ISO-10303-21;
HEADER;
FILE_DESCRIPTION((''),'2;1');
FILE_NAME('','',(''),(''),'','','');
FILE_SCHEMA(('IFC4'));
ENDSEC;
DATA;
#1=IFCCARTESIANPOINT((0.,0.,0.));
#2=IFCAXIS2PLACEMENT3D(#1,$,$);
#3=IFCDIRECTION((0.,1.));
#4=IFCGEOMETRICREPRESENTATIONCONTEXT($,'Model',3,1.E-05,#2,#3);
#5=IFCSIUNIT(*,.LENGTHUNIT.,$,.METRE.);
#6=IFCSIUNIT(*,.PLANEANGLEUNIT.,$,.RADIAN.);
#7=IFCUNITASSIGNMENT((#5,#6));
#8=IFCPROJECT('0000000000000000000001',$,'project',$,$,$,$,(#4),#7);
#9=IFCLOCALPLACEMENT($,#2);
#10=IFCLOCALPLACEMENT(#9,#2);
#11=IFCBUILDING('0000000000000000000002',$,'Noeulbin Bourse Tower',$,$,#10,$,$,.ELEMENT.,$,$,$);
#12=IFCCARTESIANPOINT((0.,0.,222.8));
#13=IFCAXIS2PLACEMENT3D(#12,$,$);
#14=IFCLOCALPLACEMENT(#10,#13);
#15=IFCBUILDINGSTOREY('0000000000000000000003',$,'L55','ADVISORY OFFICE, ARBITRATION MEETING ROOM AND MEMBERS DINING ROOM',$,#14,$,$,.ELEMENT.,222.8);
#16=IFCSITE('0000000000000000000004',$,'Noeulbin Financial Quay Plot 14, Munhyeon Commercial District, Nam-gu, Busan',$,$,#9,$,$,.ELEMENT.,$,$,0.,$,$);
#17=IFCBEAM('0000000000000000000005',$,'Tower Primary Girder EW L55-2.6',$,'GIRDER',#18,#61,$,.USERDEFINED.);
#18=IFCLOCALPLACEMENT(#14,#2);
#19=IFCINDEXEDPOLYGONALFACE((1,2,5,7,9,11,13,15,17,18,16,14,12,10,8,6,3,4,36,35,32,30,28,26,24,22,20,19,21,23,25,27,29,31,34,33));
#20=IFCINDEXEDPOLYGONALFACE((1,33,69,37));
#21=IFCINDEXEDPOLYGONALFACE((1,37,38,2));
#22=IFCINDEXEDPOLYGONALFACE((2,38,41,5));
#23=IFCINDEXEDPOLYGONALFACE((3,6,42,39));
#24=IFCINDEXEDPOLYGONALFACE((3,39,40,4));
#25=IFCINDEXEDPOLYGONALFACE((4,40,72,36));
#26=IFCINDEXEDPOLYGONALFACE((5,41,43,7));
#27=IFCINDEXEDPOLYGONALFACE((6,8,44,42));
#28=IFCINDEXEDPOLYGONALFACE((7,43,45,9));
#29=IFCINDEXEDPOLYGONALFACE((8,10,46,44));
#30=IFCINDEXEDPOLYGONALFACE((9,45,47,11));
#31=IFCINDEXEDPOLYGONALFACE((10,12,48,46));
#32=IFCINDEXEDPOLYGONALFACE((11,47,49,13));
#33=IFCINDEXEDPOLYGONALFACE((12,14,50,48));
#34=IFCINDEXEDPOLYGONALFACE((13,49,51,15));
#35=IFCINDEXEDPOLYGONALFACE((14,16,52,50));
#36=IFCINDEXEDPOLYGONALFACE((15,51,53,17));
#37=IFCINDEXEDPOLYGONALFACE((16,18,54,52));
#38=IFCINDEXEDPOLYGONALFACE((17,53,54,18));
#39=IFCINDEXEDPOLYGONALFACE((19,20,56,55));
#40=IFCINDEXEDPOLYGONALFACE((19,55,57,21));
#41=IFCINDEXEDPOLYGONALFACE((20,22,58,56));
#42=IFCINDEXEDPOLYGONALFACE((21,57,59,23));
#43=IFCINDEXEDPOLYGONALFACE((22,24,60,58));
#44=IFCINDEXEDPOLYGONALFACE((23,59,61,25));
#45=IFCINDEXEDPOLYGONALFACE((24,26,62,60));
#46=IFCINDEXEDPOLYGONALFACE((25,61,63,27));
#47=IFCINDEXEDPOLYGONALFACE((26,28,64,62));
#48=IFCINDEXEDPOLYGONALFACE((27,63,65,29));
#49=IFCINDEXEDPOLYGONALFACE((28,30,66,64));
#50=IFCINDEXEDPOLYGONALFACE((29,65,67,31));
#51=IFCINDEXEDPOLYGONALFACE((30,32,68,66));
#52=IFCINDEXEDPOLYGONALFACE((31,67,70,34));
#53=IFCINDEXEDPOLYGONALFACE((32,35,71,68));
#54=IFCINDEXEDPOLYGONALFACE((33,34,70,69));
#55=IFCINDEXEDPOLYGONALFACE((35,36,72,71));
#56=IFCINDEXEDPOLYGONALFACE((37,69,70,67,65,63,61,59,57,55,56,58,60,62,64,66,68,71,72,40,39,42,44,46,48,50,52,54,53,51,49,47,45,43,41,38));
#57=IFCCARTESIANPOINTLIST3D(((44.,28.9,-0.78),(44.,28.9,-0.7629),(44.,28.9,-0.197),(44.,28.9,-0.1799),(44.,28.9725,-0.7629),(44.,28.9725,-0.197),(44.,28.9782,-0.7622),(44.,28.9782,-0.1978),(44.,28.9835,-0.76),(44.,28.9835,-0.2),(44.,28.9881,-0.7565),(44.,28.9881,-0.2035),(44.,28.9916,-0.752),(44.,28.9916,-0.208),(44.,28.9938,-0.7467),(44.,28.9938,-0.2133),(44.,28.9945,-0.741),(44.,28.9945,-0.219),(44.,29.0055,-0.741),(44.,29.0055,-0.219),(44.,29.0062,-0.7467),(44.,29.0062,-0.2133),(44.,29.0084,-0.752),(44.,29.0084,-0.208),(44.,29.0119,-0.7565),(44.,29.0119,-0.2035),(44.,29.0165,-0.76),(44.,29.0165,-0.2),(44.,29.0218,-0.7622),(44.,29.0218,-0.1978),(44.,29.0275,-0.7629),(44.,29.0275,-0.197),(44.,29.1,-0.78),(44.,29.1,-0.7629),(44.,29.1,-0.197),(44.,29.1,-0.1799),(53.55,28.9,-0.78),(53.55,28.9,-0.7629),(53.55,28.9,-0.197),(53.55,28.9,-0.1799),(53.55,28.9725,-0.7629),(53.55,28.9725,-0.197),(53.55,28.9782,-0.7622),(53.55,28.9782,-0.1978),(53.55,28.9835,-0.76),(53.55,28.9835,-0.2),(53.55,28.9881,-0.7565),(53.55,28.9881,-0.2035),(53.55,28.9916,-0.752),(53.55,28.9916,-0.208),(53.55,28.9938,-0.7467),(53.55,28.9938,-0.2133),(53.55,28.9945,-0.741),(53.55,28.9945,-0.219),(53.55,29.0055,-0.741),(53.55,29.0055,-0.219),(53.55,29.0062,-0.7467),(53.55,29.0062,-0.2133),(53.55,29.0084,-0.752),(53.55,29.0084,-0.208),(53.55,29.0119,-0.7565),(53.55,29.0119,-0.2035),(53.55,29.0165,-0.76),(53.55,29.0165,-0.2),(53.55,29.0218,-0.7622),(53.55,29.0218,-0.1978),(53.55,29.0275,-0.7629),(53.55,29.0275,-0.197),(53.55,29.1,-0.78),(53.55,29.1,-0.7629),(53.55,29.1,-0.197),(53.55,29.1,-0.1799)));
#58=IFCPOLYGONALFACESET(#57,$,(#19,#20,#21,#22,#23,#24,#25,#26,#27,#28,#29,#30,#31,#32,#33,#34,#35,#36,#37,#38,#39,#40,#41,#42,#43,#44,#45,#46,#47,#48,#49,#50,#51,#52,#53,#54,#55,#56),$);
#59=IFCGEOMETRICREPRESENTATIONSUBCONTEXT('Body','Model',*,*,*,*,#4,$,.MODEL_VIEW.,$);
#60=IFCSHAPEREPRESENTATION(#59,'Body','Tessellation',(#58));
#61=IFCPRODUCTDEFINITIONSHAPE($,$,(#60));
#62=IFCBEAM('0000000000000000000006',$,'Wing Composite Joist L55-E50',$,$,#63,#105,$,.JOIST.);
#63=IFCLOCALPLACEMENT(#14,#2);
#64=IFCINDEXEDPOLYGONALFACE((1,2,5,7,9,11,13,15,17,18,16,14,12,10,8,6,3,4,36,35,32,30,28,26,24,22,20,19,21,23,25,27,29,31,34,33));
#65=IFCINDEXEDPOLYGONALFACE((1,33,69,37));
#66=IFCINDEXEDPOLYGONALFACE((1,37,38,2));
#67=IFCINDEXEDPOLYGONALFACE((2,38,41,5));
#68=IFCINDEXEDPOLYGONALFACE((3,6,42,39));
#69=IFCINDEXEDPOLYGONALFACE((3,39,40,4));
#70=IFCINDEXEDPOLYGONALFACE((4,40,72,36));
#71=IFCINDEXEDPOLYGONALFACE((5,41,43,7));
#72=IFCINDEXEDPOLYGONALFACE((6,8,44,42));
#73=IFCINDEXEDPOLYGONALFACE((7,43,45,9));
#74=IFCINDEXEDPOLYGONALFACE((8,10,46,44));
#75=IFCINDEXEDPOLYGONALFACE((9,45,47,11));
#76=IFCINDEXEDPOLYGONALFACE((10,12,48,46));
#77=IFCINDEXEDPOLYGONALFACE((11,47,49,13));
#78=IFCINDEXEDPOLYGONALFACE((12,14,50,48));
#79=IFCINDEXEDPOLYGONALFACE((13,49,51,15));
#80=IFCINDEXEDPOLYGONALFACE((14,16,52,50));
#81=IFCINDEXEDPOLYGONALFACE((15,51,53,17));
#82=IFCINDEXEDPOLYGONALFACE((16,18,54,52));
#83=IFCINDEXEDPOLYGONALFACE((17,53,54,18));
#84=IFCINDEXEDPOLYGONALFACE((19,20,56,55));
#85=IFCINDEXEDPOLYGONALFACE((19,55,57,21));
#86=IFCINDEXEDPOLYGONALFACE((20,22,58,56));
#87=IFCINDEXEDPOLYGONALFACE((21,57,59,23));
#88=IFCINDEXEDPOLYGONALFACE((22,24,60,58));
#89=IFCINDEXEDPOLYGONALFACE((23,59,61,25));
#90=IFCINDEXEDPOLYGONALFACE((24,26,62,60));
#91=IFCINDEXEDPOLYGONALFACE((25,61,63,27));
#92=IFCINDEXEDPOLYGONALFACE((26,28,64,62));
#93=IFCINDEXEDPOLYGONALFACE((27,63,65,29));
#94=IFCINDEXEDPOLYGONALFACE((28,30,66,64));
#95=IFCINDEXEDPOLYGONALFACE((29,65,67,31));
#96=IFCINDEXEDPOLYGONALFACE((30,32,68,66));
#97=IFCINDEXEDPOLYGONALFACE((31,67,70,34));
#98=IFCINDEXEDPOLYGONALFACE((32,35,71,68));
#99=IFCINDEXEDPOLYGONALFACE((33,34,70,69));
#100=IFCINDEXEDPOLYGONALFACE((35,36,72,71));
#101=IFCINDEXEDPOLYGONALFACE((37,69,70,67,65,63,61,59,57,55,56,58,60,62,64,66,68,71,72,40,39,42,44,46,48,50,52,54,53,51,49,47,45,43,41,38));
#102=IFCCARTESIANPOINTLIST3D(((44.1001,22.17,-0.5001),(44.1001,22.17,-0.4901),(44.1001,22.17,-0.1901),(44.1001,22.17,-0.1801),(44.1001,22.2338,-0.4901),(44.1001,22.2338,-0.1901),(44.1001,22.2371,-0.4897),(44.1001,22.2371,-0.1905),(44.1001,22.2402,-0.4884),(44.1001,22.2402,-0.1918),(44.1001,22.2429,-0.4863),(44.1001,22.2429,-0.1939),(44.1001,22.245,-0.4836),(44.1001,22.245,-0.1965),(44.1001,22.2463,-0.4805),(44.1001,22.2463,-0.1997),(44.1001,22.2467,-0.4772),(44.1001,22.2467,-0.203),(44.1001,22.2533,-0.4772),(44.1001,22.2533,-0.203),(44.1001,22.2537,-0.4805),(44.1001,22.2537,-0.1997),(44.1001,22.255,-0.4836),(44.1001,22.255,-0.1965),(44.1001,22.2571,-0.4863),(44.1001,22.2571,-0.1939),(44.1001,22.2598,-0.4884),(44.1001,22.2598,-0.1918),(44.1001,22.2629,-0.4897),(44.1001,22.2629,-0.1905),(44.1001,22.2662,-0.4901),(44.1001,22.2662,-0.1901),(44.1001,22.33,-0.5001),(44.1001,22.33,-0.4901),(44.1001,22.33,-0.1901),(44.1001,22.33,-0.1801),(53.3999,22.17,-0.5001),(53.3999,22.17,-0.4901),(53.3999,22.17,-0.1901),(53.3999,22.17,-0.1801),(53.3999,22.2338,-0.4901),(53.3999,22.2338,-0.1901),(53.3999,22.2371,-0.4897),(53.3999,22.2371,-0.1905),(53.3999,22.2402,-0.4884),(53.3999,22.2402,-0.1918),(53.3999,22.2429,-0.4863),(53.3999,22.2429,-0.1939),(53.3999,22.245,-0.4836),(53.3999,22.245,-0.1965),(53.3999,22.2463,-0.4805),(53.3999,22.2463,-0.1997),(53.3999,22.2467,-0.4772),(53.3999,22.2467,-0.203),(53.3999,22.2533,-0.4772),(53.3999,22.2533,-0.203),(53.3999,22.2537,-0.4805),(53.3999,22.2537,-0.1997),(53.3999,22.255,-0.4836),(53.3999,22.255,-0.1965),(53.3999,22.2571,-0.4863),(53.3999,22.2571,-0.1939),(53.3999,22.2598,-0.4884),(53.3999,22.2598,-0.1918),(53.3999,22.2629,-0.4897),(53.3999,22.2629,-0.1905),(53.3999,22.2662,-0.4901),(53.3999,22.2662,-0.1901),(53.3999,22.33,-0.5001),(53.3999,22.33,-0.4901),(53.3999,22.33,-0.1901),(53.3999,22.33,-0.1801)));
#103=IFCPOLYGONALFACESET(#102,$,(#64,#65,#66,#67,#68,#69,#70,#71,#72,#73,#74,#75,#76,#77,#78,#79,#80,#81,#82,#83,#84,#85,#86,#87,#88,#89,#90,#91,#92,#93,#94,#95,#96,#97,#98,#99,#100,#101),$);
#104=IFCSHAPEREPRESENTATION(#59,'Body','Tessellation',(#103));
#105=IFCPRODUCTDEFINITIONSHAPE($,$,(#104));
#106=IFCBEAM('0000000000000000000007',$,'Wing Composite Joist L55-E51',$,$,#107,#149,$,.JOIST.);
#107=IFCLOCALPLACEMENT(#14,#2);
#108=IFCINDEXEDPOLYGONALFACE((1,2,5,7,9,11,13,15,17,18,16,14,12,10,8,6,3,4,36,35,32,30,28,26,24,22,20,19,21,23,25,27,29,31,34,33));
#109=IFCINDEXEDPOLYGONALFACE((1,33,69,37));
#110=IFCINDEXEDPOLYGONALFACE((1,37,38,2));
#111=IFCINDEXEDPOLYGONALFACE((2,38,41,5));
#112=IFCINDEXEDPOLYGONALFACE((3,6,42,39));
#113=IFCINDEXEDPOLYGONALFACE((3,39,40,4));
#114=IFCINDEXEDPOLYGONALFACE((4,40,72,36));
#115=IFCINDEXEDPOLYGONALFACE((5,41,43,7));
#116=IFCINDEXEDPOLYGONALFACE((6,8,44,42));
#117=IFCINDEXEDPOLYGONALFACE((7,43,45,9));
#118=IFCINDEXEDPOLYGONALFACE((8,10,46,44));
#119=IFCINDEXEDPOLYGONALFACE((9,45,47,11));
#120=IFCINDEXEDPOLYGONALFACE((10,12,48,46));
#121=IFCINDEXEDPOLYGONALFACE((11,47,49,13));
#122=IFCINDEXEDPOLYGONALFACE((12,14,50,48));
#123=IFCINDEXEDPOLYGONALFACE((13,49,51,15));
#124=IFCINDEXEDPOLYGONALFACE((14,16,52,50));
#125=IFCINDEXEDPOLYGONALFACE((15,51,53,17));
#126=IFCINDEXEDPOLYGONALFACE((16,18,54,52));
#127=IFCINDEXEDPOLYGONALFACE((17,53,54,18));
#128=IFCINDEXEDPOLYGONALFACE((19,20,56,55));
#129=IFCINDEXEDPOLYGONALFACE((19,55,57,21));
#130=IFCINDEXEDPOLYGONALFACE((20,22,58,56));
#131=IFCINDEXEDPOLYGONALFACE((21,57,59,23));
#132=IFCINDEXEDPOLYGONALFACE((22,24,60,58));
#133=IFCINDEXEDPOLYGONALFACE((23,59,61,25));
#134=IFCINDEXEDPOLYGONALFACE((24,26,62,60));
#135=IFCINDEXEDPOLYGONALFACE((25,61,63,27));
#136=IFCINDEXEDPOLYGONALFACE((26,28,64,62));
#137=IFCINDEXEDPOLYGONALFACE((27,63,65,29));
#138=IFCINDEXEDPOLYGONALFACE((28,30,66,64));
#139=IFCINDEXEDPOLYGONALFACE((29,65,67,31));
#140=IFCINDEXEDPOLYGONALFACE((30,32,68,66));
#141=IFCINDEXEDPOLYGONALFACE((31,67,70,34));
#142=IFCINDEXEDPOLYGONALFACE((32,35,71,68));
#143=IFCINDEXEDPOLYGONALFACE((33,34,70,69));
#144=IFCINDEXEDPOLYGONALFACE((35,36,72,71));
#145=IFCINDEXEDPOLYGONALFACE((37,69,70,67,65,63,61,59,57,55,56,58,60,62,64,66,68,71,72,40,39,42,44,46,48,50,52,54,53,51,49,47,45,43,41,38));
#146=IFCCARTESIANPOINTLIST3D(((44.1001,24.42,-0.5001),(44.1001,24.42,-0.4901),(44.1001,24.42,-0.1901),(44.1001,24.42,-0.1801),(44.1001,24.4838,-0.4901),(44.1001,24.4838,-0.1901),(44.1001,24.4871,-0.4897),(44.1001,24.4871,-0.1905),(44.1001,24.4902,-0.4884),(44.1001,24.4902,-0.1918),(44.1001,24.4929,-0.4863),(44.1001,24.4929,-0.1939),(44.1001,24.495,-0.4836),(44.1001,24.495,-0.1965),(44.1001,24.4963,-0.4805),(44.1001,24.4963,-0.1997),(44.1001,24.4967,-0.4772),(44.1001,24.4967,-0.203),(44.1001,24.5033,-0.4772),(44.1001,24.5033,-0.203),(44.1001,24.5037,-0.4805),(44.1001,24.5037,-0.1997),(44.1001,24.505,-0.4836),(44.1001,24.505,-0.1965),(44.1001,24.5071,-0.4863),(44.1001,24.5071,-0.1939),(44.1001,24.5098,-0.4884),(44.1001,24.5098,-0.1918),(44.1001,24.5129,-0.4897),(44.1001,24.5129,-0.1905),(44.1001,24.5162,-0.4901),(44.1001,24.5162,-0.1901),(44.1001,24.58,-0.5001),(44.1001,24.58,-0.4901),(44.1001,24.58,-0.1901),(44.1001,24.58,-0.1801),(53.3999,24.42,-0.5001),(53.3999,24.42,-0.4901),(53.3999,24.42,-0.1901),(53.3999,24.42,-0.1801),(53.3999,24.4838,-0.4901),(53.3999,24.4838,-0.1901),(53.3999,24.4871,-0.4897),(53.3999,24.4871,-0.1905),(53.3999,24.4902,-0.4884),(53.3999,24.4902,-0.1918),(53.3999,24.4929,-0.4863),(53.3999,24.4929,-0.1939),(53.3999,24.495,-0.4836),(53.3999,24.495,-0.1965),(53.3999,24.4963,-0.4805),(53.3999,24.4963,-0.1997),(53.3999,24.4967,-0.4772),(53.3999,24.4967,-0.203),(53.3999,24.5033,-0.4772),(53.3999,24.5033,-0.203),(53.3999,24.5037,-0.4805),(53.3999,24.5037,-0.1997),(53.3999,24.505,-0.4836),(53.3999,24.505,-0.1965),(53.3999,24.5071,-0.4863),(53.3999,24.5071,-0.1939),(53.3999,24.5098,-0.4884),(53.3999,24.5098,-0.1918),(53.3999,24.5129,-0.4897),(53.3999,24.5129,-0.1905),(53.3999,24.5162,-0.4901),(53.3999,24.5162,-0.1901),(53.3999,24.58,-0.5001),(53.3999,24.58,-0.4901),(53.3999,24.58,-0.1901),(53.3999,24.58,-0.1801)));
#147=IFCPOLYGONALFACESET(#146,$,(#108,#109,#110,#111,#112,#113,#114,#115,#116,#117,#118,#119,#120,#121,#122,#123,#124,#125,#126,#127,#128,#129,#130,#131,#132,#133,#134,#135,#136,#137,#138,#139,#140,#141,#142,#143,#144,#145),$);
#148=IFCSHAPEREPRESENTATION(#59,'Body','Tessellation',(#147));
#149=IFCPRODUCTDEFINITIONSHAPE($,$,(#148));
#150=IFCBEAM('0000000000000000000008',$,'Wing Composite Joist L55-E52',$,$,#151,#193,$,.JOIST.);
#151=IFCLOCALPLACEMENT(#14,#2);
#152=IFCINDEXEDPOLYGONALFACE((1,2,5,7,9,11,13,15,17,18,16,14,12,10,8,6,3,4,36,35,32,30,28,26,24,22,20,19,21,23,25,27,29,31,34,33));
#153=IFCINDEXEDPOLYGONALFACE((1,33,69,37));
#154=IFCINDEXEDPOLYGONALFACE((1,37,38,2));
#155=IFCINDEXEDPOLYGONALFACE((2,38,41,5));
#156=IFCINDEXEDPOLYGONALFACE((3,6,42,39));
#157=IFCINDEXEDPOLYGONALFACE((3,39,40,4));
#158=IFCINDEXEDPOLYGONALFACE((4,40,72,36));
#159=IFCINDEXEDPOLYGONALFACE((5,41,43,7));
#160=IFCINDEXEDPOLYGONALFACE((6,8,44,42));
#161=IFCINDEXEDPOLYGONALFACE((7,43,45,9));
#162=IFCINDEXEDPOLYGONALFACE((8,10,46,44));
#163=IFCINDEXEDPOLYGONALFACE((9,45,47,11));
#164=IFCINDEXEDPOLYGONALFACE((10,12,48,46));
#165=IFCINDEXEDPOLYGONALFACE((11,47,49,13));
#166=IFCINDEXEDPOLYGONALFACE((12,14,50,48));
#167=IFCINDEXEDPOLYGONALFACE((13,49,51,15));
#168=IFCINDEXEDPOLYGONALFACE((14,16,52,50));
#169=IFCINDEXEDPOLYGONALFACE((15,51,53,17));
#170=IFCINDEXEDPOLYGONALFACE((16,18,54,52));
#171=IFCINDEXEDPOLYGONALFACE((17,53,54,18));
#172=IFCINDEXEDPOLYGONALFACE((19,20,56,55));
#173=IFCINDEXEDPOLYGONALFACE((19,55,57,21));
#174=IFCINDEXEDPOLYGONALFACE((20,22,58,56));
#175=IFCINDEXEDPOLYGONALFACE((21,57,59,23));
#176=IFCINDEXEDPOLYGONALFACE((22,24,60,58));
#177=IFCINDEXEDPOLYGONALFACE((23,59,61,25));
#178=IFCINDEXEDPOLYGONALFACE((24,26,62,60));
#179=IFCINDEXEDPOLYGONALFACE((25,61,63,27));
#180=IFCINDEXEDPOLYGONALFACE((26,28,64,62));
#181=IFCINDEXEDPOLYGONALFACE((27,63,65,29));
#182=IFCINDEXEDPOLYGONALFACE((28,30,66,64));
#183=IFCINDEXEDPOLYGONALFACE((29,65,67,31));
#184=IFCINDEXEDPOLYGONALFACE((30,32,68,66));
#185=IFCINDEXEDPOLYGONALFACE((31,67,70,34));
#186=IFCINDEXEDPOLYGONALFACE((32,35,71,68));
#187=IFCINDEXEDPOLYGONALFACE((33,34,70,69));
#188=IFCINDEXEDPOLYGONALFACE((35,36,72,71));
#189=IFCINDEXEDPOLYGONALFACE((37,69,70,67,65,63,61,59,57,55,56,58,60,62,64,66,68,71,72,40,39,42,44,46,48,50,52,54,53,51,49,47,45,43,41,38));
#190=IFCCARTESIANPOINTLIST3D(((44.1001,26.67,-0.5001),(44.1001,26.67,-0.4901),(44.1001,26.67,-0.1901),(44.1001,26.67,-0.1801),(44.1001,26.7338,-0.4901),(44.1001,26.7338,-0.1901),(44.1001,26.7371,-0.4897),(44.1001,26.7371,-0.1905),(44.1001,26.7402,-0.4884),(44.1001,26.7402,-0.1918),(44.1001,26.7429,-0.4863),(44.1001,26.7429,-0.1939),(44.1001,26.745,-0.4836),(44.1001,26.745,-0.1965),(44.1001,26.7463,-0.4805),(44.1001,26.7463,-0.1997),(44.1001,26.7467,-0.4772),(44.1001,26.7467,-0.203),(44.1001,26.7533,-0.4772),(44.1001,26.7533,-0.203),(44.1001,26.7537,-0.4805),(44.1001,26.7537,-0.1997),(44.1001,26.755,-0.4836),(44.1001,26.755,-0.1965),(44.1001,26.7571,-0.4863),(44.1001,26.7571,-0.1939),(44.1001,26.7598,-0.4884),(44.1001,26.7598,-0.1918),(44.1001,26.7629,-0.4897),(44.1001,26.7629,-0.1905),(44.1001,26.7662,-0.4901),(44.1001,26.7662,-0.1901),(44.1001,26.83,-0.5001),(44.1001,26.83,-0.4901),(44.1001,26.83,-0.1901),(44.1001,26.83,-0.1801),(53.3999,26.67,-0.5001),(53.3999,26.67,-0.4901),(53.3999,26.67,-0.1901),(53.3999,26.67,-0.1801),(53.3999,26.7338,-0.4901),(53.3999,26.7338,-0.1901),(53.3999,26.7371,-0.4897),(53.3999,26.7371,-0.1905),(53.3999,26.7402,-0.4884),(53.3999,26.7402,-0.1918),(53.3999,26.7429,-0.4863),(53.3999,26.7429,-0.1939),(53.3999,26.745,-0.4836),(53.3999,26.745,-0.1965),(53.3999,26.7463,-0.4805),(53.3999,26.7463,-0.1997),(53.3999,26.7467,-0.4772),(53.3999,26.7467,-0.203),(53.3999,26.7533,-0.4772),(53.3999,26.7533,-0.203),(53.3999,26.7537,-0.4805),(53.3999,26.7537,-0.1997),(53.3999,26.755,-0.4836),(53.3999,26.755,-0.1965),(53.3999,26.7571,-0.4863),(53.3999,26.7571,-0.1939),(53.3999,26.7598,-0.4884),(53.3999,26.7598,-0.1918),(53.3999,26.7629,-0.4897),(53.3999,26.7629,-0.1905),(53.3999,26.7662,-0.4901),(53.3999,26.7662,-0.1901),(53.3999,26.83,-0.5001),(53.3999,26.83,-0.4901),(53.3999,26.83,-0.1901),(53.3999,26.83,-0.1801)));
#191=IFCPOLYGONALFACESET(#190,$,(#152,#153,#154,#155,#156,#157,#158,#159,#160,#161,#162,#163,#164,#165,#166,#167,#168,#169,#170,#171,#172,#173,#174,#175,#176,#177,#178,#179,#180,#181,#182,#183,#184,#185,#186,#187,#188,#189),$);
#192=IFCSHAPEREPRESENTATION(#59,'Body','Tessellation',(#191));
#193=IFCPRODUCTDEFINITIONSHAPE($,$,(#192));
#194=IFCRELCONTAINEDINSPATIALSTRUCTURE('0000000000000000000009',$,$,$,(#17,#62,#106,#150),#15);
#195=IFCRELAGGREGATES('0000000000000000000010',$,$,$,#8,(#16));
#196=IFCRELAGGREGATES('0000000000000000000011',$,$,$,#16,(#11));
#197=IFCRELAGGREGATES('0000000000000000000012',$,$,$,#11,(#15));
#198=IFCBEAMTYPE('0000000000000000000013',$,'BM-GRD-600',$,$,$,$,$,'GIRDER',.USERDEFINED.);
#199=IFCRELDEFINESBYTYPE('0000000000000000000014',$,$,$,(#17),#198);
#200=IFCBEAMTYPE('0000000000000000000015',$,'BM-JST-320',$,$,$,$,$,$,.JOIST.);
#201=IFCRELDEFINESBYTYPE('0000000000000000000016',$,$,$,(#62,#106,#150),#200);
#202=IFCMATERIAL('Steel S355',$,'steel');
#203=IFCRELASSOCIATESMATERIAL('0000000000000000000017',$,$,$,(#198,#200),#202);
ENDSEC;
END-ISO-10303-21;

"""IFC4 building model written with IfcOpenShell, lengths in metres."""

from ifc_helpers import new_model, si_unit, direction, frame, origin, origin_2d, place, context, subcontext, project, spatial, i_section, extrude, material, material_profile, profile_set, type_object, element, save


model = new_model("IFC4")

# Units and contexts
model_context = context("Model", 3, precision=1e-05, world=origin(), true_north=direction((0.0, 1.0)))
body_context = subcontext(model_context, "Body", "Model", "MODEL_VIEW")
ifc_project = project(units=[si_unit("LENGTHUNIT", "METRE"), si_unit("PLANEANGLEUNIT", "RADIAN")], contexts=[model_context])

# Site, building, storey
site_placement = place(None, origin())
site = spatial("IfcSite", under=ifc_project, at=site_placement, Name="Noeulbin Financial Quay Plot 14, Munhyeon Commercial District, Nam-gu, Busan", CompositionType="ELEMENT", RefElevation=0.0)
building_placement = place(site_placement, origin())
building = spatial("IfcBuilding", under=site, at=building_placement, Name="Noeulbin Bourse Tower", CompositionType="ELEMENT")
storey_placement = place(building_placement, frame((0.0, 0.0, 222.8)))
storey = spatial("IfcBuildingStorey", under=building, at=storey_placement, Name="L55", Description="ADVISORY OFFICE, ARBITRATION MEETING ROOM AND MEMBERS DINING ROOM", CompositionType="ELEMENT", Elevation=222.8)

# Shared definitions
ifc_material_1 = material(Name="Steel S355", Category="steel")

# Beams
ifc_material_profile_1 = material_profile(ifc_material_1, i_section(OverallWidth=0.2, OverallDepth=0.6001, WebThickness=0.011, FlangeThickness=0.0171, FilletRadius=0.022, at=origin_2d()), Name="H-600x200x11x17", Category="LoadBearing")
ifc_profile_set_1 = profile_set([ifc_material_profile_1], Name="Steel S355")
beam_type_1 = type_object("IfcBeamType", Name="BM-GRD-600", ElementType="GIRDER", PredefinedType="USERDEFINED", material=ifc_profile_set_1)
beam_1_placement = place(storey_placement, frame((44.0, 29.0, -0.48), z_axis=(1.0, 0.0, 0.0), x_axis=(0.0, 1.0, 0.0)))
element("IfcBeam", 1, at=beam_1_placement, inside=storey, type_object=beam_type_1, Name="Tower Primary Girder EW L55-2.6", ObjectType="GIRDER", PredefinedType="USERDEFINED", context=body_context, shape_type="SweptSolid", body=[
    extrude(i_section(OverallWidth=0.2, OverallDepth=0.6001, WebThickness=0.011, FlangeThickness=0.0171, FilletRadius=0.022, at=origin_2d()), origin(), (0.0, 0.0, 1.0), 9.55),
])
ifc_material_profile_2 = material_profile(ifc_material_1, i_section(OverallWidth=0.1599, OverallDepth=0.3201, WebThickness=0.0066, FlangeThickness=0.01, FilletRadius=0.0129, at=origin_2d()), Name="H-320x160x6.5x10", Category="LoadBearing")
ifc_profile_set_2 = profile_set([ifc_material_profile_2], Name="Steel S355")
beam_type_2 = type_object("IfcBeamType", Name="BM-JST-320", PredefinedType="JOIST", material=ifc_profile_set_2)
for number, where, z_axis, x_axis, name in (
    (2, (44.1001, 22.25, -0.3401), (1.0, 0.0, 0.0), (0.0, 1.0, 0.0), "Wing Composite Joist L55-E50"),
    (3, (44.1001, 24.5, -0.3401), (1.0, 0.0, 0.0), (0.0, 1.0, 0.0), "Wing Composite Joist L55-E51"),
    (4, (44.1001, 26.75, -0.3401), (1.0, 0.0, 0.0), (0.0, 1.0, 0.0), "Wing Composite Joist L55-E52"),
):
    element("IfcBeam", number, at=place(storey_placement, frame(where, z_axis=z_axis, x_axis=x_axis)), inside=storey, type_object=beam_type_2, Name=name, PredefinedType="JOIST", context=body_context, shape_type="SweptSolid", body=[
        extrude(i_section(OverallWidth=0.1599, OverallDepth=0.3201, WebThickness=0.0066, FlangeThickness=0.01, FilletRadius=0.0129, at=origin_2d()), origin(), (0.0, 0.0, 1.0), 9.2998),
    ])

save(model, "model.ifc")
